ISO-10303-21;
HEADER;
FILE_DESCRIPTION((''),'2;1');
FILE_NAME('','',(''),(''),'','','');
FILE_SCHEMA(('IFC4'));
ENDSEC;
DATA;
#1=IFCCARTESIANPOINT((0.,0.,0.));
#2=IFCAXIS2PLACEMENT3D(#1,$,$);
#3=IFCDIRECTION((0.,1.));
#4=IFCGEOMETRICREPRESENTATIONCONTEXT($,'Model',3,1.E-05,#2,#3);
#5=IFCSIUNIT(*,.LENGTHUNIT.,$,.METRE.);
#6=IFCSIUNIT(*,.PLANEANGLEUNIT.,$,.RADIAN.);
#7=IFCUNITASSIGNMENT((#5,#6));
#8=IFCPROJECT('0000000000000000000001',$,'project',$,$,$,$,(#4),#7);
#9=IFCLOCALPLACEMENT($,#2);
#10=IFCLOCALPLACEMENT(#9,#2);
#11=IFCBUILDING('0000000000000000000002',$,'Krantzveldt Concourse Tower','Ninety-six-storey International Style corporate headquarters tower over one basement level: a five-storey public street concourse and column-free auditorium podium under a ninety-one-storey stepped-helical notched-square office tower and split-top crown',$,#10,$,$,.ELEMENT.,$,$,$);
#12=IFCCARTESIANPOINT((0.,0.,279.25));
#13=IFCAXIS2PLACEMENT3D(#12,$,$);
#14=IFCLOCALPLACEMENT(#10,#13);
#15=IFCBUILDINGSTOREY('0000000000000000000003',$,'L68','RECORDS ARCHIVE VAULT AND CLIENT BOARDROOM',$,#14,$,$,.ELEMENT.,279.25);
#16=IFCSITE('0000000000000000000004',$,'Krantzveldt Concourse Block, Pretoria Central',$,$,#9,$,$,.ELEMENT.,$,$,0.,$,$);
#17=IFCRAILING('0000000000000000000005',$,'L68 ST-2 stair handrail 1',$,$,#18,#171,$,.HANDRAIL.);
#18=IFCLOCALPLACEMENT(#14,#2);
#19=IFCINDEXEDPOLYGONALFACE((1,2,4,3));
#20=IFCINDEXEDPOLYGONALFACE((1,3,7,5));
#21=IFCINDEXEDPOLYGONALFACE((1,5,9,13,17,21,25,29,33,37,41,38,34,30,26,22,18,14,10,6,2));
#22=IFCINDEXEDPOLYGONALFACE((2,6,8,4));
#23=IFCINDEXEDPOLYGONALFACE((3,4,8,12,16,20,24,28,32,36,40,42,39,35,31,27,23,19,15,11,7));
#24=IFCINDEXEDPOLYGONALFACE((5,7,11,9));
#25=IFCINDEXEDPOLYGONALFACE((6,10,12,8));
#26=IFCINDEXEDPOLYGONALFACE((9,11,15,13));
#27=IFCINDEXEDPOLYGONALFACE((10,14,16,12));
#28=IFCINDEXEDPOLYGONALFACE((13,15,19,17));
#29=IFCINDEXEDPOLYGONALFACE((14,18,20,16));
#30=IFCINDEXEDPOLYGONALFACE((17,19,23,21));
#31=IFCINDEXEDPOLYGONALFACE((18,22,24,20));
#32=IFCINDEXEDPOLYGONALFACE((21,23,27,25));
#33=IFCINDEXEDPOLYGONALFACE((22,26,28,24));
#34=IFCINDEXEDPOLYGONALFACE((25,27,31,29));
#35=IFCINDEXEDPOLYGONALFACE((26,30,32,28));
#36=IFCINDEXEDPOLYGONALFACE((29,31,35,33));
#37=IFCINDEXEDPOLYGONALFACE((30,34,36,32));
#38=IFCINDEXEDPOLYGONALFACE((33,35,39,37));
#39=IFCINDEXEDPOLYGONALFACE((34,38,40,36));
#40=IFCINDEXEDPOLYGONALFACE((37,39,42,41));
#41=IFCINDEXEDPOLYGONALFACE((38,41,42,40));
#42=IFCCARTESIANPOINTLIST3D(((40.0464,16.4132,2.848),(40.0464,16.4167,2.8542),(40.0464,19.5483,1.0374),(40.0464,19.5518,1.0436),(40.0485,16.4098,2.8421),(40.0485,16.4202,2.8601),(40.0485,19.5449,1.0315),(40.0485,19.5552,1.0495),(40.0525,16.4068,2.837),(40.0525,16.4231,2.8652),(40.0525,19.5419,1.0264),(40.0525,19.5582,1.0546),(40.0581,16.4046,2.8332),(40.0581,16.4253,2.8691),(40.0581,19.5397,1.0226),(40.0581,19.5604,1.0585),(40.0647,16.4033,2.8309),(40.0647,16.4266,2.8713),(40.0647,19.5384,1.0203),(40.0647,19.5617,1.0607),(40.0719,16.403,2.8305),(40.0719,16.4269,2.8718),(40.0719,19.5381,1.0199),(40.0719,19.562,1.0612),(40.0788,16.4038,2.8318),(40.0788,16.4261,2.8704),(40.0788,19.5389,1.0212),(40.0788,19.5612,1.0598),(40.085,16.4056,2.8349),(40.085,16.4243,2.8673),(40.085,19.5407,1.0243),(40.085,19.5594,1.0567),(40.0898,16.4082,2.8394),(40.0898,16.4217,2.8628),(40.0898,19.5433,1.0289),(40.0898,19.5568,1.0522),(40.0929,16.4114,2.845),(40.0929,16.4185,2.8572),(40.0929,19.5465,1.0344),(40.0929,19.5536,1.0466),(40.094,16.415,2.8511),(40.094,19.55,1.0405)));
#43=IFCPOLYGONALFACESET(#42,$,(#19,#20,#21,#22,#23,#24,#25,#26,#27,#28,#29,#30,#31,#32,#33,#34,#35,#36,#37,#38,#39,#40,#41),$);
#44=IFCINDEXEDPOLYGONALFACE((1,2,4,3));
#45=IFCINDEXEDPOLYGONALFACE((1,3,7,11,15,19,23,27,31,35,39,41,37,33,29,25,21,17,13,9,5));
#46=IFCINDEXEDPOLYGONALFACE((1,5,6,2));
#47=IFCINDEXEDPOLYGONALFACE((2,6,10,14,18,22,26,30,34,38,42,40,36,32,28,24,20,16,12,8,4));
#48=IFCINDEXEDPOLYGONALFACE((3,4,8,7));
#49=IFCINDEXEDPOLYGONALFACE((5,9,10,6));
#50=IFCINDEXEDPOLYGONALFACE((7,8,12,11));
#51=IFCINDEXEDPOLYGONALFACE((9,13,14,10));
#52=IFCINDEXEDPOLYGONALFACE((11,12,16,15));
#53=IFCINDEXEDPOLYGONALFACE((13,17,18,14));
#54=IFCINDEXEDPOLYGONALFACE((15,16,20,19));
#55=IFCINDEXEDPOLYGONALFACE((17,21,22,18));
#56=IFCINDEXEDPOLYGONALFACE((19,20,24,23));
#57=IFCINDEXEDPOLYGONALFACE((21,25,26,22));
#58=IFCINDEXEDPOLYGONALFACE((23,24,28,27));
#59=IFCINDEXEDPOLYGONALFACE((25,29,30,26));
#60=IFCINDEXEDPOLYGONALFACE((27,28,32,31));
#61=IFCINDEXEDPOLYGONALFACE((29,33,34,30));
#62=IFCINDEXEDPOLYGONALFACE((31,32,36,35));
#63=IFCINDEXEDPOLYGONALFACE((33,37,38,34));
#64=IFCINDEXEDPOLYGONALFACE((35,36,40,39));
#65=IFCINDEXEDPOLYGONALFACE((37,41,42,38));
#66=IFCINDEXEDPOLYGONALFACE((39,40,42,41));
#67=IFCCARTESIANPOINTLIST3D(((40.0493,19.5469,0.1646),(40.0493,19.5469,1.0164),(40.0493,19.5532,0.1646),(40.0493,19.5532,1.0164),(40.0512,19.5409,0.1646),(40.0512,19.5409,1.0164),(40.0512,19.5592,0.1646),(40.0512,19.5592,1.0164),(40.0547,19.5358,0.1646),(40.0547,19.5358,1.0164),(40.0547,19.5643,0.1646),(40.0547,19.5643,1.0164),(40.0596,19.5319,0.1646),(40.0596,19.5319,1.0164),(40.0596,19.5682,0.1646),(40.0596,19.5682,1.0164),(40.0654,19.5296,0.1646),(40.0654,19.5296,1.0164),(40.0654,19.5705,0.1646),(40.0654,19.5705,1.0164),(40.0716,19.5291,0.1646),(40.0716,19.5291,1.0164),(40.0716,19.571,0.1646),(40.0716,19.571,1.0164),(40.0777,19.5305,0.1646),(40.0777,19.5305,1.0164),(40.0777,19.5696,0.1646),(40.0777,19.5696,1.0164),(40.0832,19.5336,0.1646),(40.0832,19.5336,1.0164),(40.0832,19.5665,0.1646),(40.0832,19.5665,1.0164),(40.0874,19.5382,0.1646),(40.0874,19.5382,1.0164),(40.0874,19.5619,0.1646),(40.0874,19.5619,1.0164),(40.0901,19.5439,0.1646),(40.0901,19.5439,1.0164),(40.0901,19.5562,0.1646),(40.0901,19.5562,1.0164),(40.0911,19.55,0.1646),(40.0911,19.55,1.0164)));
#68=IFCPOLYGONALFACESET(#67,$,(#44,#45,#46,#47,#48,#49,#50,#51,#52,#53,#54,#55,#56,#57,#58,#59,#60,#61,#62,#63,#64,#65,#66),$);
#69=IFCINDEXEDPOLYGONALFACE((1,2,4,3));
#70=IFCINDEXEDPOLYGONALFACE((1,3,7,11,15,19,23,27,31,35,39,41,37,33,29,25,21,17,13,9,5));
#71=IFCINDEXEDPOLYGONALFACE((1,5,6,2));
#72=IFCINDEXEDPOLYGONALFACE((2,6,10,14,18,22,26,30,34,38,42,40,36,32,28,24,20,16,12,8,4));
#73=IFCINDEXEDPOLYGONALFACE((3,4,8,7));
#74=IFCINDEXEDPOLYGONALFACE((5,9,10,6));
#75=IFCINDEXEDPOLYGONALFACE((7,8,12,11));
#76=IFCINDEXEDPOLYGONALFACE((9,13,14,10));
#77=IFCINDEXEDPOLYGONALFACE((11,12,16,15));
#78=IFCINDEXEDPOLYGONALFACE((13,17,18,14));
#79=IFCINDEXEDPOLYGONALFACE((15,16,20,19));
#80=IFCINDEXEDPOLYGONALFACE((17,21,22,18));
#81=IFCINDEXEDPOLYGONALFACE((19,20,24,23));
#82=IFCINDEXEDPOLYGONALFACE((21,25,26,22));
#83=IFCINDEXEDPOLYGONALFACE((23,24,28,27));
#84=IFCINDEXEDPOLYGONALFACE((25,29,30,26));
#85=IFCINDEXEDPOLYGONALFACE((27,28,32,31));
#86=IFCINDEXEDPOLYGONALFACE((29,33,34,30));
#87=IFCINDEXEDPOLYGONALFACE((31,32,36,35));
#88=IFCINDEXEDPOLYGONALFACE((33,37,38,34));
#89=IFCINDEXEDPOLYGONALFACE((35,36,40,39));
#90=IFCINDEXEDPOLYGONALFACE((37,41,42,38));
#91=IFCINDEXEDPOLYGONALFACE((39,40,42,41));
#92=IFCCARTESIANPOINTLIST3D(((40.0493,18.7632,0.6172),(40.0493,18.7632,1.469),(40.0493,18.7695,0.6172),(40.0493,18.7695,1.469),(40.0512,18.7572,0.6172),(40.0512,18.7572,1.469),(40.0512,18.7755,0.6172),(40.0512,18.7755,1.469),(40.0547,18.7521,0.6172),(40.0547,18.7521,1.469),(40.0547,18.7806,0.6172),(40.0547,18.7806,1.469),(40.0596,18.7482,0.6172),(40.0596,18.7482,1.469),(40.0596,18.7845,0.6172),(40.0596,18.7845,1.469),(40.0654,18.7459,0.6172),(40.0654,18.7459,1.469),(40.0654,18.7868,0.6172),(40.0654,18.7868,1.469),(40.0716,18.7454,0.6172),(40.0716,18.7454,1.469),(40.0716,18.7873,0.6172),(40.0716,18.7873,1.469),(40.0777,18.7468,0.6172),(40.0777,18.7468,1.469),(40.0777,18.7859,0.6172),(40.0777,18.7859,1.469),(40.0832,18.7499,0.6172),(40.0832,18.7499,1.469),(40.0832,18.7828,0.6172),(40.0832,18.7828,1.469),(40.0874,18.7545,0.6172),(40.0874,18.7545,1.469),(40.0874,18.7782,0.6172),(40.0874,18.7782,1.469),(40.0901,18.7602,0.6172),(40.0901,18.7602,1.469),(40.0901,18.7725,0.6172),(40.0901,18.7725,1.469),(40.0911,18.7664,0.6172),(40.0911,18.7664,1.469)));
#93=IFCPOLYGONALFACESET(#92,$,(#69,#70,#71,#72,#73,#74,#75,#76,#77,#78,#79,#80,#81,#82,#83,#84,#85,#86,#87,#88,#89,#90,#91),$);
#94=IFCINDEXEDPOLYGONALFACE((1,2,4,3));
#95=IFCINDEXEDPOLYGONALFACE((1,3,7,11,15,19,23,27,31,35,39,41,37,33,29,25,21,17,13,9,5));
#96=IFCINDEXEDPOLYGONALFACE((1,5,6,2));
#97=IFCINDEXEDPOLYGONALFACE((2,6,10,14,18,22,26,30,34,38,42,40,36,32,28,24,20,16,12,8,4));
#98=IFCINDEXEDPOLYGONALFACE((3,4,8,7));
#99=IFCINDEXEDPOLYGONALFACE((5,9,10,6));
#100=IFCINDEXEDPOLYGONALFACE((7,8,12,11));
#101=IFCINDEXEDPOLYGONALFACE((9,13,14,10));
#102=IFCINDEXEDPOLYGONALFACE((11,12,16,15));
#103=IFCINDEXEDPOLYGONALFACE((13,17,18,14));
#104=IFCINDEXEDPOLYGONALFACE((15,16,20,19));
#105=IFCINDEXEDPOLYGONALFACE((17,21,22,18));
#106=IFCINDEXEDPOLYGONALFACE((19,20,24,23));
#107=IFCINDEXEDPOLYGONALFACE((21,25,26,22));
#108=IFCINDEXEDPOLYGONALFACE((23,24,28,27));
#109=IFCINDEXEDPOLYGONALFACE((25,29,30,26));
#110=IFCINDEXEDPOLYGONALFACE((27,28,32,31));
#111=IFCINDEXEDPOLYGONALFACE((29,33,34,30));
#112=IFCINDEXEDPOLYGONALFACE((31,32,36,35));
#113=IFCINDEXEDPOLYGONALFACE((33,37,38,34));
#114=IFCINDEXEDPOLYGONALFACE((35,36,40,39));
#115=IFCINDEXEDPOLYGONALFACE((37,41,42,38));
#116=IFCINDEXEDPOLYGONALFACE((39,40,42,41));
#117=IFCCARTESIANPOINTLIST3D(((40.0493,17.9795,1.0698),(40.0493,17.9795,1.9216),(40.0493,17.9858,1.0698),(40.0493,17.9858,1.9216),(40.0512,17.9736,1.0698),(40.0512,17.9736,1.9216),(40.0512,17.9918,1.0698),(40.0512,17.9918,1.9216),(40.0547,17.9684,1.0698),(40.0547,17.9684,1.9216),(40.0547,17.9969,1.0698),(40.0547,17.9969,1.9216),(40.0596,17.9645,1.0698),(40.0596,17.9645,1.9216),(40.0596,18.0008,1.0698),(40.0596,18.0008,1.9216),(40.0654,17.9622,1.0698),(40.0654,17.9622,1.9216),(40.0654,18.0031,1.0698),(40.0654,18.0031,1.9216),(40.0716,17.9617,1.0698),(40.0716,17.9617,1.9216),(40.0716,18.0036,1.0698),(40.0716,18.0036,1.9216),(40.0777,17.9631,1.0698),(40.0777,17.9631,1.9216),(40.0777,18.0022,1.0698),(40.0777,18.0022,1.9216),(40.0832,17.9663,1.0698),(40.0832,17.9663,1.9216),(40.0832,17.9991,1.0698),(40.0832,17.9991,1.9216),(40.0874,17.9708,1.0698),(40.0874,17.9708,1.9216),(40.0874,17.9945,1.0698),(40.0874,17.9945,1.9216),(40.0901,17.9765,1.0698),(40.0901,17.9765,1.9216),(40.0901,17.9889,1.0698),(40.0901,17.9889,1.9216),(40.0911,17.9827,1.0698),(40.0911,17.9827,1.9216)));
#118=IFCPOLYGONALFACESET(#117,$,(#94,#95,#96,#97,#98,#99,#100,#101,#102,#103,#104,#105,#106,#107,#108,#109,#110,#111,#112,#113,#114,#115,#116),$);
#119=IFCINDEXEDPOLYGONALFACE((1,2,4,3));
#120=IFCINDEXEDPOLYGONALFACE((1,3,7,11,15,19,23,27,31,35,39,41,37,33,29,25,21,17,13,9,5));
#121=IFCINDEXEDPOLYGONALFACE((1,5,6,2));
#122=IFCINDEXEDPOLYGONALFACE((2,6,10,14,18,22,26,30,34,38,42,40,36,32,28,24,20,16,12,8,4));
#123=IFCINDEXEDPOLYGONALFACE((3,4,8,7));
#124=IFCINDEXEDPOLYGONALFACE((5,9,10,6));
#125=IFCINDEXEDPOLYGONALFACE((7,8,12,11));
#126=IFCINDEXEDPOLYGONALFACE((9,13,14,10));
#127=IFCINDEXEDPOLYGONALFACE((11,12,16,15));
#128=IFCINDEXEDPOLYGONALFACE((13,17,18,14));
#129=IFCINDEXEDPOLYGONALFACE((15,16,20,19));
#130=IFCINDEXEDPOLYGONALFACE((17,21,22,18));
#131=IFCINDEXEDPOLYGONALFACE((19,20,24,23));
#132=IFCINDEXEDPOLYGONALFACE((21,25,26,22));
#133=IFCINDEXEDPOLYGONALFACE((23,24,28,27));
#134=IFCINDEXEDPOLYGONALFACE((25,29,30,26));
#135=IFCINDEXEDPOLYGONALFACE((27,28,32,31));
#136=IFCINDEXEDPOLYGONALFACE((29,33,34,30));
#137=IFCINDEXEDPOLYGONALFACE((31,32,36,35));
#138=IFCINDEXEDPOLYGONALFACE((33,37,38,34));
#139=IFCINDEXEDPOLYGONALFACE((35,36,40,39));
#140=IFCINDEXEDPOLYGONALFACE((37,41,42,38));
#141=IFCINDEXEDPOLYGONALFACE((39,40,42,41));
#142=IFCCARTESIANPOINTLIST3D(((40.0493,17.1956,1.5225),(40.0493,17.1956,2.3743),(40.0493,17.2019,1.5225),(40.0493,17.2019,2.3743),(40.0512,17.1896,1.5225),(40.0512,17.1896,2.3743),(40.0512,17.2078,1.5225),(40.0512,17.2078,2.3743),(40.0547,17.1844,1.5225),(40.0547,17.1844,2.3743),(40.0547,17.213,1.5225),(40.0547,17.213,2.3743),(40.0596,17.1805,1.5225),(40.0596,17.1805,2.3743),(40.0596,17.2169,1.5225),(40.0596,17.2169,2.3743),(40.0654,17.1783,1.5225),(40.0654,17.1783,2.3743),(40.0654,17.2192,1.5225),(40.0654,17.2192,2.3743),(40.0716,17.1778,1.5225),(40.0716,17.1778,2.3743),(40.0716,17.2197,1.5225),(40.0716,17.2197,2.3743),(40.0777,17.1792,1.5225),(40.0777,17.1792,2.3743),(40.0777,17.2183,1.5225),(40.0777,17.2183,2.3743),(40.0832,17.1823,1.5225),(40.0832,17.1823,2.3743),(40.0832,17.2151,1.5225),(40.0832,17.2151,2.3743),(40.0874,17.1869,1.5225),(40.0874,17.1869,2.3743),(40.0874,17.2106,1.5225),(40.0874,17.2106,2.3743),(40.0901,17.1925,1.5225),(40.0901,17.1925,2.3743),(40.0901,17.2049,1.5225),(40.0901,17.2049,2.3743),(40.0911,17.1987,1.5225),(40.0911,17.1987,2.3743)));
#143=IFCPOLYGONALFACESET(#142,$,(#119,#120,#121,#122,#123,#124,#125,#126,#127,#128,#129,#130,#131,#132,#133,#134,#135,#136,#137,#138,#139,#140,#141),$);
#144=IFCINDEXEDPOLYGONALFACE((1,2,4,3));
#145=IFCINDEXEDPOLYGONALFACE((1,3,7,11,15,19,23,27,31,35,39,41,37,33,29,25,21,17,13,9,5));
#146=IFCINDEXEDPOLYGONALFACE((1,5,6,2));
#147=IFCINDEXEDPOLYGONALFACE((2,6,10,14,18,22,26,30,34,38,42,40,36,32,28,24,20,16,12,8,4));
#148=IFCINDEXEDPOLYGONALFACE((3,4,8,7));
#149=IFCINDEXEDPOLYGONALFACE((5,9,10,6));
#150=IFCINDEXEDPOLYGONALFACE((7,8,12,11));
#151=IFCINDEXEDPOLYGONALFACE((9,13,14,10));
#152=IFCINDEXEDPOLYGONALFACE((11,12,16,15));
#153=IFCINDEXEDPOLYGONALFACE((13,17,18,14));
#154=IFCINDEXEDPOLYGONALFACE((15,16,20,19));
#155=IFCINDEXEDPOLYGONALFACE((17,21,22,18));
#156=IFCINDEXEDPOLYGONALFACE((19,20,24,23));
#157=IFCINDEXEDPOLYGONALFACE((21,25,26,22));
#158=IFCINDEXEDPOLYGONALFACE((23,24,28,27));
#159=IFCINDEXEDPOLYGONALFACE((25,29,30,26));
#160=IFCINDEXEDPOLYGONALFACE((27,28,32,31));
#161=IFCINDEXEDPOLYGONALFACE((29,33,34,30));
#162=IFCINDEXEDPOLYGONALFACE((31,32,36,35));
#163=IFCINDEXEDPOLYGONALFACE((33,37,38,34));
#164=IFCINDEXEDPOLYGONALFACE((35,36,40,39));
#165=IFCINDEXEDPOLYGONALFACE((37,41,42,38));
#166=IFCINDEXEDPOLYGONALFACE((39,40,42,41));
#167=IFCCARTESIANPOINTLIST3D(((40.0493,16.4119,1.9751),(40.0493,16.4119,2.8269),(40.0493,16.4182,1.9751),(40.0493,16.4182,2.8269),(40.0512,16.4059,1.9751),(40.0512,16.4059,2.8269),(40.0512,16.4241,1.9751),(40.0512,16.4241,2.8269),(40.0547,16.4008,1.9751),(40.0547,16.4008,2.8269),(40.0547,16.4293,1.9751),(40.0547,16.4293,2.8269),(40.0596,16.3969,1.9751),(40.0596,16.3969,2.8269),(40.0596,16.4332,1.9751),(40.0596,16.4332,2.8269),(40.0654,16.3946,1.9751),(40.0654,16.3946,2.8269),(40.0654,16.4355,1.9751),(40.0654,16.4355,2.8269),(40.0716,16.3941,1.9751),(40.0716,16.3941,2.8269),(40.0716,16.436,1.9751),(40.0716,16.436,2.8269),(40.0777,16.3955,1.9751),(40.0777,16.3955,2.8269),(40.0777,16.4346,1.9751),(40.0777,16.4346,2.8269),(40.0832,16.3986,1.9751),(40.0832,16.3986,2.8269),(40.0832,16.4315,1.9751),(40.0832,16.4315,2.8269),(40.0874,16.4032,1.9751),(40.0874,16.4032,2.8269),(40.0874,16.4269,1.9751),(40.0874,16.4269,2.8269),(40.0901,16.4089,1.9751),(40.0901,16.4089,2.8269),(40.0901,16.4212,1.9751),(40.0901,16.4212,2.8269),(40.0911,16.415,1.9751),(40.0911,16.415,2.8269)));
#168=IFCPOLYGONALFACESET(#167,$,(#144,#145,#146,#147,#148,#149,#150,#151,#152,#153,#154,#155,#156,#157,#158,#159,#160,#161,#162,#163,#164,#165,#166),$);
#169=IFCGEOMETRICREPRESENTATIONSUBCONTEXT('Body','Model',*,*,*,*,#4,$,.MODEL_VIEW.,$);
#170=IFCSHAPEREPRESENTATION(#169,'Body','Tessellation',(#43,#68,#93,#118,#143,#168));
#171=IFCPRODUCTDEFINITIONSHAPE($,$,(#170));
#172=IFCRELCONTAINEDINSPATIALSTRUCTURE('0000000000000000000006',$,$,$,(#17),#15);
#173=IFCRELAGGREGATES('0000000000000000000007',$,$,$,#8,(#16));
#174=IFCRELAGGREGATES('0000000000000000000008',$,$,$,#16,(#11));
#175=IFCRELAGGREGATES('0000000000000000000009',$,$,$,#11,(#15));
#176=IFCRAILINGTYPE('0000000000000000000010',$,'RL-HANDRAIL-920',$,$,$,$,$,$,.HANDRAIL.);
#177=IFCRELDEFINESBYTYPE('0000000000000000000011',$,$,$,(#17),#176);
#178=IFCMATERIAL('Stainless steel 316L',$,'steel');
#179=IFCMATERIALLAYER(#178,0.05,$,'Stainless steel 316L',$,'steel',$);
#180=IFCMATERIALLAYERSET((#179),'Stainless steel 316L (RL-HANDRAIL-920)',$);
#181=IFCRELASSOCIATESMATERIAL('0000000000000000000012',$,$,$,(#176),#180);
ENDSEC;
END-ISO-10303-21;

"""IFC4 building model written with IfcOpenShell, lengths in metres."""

from ifc_helpers import new_model, si_unit, direction, frame, origin, origin_2d, place, context, subcontext, project, spatial, circle, extrude, material, layer, layer_set, type_object, element, save


model = new_model("IFC4")

# Units and contexts
model_context = context("Model", 3, precision=1e-05, world=origin(), true_north=direction((0.0, 1.0)))
body_context = subcontext(model_context, "Body", "Model", "MODEL_VIEW")
ifc_project = project(units=[si_unit("LENGTHUNIT", "METRE"), si_unit("PLANEANGLEUNIT", "RADIAN")], contexts=[model_context])

# Site, building, storey
site_placement = place(None, origin())
site = spatial("IfcSite", under=ifc_project, at=site_placement, Name="Krantzveldt Concourse Block, Pretoria Central", CompositionType="ELEMENT", RefElevation=0.0)
building_placement = place(site_placement, origin())
building = spatial("IfcBuilding", under=site, at=building_placement, Name="Krantzveldt Concourse Tower", Description="Ninety-six-storey International Style corporate headquarters tower over one basement level: a five-storey public street concourse and column-free auditorium podium under a ninety-one-storey stepped-helical notched-square office tower and split-top crown", CompositionType="ELEMENT")
storey_placement = place(building_placement, frame((0.0, 0.0, 279.25)))
storey = spatial("IfcBuildingStorey", under=building, at=storey_placement, Name="L68", Description="RECORDS ARCHIVE VAULT AND CLIENT BOARDROOM", CompositionType="ELEMENT", Elevation=279.25)

# Shared definitions
ifc_material_1 = material(Name="Stainless steel 316L", Category="steel")

# Railing
ifc_layer_1 = layer(ifc_material_1, 0.05, Name="Stainless steel 316L", Category="steel")
ifc_layer_set_1 = layer_set([ifc_layer_1], Name="Stainless steel 316L (RL-HANDRAIL-920)")
railing_type_1 = type_object("IfcRailingType", Name="RL-HANDRAIL-920", PredefinedType="HANDRAIL", material=ifc_layer_set_1)
railing_1_placement = place(storey_placement, frame((40.0701, 19.55, 0.1646)))
element("IfcRailing", 1, at=railing_1_placement, inside=storey, type_object=railing_type_1, Name="L68 ST-2 stair handrail 1", PredefinedType="HANDRAIL", context=body_context, shape_type="SweptSolid", body=[
    extrude(circle(Radius=0.0239, at=origin_2d()), frame((0.0, 0.0, 0.876), z_axis=(0.0, -0.86596, 0.500114), x_axis=(1.0, 0.0, 0.0)), (0.0, 0.0, 1.0), 3.6204),
    extrude(circle(Radius=0.021, at=origin_2d()), origin(), (0.0, 0.0, 1.0), 0.8518),
    extrude(circle(Radius=0.021, at=origin_2d()), frame((0.0, -0.7837, 0.4526)), (0.0, 0.0, 1.0), 0.8518),
    extrude(circle(Radius=0.021, at=origin_2d()), frame((0.0, -1.5674, 0.9053)), (0.0, 0.0, 1.0), 0.8518),
    extrude(circle(Radius=0.021, at=origin_2d()), frame((0.0, -2.3513, 1.3579)), (0.0, 0.0, 1.0), 0.8518),
    extrude(circle(Radius=0.021, at=origin_2d()), frame((0.0, -3.135, 1.8105)), (0.0, 0.0, 1.0), 0.8518),
])

save(model, "model.ifc")
